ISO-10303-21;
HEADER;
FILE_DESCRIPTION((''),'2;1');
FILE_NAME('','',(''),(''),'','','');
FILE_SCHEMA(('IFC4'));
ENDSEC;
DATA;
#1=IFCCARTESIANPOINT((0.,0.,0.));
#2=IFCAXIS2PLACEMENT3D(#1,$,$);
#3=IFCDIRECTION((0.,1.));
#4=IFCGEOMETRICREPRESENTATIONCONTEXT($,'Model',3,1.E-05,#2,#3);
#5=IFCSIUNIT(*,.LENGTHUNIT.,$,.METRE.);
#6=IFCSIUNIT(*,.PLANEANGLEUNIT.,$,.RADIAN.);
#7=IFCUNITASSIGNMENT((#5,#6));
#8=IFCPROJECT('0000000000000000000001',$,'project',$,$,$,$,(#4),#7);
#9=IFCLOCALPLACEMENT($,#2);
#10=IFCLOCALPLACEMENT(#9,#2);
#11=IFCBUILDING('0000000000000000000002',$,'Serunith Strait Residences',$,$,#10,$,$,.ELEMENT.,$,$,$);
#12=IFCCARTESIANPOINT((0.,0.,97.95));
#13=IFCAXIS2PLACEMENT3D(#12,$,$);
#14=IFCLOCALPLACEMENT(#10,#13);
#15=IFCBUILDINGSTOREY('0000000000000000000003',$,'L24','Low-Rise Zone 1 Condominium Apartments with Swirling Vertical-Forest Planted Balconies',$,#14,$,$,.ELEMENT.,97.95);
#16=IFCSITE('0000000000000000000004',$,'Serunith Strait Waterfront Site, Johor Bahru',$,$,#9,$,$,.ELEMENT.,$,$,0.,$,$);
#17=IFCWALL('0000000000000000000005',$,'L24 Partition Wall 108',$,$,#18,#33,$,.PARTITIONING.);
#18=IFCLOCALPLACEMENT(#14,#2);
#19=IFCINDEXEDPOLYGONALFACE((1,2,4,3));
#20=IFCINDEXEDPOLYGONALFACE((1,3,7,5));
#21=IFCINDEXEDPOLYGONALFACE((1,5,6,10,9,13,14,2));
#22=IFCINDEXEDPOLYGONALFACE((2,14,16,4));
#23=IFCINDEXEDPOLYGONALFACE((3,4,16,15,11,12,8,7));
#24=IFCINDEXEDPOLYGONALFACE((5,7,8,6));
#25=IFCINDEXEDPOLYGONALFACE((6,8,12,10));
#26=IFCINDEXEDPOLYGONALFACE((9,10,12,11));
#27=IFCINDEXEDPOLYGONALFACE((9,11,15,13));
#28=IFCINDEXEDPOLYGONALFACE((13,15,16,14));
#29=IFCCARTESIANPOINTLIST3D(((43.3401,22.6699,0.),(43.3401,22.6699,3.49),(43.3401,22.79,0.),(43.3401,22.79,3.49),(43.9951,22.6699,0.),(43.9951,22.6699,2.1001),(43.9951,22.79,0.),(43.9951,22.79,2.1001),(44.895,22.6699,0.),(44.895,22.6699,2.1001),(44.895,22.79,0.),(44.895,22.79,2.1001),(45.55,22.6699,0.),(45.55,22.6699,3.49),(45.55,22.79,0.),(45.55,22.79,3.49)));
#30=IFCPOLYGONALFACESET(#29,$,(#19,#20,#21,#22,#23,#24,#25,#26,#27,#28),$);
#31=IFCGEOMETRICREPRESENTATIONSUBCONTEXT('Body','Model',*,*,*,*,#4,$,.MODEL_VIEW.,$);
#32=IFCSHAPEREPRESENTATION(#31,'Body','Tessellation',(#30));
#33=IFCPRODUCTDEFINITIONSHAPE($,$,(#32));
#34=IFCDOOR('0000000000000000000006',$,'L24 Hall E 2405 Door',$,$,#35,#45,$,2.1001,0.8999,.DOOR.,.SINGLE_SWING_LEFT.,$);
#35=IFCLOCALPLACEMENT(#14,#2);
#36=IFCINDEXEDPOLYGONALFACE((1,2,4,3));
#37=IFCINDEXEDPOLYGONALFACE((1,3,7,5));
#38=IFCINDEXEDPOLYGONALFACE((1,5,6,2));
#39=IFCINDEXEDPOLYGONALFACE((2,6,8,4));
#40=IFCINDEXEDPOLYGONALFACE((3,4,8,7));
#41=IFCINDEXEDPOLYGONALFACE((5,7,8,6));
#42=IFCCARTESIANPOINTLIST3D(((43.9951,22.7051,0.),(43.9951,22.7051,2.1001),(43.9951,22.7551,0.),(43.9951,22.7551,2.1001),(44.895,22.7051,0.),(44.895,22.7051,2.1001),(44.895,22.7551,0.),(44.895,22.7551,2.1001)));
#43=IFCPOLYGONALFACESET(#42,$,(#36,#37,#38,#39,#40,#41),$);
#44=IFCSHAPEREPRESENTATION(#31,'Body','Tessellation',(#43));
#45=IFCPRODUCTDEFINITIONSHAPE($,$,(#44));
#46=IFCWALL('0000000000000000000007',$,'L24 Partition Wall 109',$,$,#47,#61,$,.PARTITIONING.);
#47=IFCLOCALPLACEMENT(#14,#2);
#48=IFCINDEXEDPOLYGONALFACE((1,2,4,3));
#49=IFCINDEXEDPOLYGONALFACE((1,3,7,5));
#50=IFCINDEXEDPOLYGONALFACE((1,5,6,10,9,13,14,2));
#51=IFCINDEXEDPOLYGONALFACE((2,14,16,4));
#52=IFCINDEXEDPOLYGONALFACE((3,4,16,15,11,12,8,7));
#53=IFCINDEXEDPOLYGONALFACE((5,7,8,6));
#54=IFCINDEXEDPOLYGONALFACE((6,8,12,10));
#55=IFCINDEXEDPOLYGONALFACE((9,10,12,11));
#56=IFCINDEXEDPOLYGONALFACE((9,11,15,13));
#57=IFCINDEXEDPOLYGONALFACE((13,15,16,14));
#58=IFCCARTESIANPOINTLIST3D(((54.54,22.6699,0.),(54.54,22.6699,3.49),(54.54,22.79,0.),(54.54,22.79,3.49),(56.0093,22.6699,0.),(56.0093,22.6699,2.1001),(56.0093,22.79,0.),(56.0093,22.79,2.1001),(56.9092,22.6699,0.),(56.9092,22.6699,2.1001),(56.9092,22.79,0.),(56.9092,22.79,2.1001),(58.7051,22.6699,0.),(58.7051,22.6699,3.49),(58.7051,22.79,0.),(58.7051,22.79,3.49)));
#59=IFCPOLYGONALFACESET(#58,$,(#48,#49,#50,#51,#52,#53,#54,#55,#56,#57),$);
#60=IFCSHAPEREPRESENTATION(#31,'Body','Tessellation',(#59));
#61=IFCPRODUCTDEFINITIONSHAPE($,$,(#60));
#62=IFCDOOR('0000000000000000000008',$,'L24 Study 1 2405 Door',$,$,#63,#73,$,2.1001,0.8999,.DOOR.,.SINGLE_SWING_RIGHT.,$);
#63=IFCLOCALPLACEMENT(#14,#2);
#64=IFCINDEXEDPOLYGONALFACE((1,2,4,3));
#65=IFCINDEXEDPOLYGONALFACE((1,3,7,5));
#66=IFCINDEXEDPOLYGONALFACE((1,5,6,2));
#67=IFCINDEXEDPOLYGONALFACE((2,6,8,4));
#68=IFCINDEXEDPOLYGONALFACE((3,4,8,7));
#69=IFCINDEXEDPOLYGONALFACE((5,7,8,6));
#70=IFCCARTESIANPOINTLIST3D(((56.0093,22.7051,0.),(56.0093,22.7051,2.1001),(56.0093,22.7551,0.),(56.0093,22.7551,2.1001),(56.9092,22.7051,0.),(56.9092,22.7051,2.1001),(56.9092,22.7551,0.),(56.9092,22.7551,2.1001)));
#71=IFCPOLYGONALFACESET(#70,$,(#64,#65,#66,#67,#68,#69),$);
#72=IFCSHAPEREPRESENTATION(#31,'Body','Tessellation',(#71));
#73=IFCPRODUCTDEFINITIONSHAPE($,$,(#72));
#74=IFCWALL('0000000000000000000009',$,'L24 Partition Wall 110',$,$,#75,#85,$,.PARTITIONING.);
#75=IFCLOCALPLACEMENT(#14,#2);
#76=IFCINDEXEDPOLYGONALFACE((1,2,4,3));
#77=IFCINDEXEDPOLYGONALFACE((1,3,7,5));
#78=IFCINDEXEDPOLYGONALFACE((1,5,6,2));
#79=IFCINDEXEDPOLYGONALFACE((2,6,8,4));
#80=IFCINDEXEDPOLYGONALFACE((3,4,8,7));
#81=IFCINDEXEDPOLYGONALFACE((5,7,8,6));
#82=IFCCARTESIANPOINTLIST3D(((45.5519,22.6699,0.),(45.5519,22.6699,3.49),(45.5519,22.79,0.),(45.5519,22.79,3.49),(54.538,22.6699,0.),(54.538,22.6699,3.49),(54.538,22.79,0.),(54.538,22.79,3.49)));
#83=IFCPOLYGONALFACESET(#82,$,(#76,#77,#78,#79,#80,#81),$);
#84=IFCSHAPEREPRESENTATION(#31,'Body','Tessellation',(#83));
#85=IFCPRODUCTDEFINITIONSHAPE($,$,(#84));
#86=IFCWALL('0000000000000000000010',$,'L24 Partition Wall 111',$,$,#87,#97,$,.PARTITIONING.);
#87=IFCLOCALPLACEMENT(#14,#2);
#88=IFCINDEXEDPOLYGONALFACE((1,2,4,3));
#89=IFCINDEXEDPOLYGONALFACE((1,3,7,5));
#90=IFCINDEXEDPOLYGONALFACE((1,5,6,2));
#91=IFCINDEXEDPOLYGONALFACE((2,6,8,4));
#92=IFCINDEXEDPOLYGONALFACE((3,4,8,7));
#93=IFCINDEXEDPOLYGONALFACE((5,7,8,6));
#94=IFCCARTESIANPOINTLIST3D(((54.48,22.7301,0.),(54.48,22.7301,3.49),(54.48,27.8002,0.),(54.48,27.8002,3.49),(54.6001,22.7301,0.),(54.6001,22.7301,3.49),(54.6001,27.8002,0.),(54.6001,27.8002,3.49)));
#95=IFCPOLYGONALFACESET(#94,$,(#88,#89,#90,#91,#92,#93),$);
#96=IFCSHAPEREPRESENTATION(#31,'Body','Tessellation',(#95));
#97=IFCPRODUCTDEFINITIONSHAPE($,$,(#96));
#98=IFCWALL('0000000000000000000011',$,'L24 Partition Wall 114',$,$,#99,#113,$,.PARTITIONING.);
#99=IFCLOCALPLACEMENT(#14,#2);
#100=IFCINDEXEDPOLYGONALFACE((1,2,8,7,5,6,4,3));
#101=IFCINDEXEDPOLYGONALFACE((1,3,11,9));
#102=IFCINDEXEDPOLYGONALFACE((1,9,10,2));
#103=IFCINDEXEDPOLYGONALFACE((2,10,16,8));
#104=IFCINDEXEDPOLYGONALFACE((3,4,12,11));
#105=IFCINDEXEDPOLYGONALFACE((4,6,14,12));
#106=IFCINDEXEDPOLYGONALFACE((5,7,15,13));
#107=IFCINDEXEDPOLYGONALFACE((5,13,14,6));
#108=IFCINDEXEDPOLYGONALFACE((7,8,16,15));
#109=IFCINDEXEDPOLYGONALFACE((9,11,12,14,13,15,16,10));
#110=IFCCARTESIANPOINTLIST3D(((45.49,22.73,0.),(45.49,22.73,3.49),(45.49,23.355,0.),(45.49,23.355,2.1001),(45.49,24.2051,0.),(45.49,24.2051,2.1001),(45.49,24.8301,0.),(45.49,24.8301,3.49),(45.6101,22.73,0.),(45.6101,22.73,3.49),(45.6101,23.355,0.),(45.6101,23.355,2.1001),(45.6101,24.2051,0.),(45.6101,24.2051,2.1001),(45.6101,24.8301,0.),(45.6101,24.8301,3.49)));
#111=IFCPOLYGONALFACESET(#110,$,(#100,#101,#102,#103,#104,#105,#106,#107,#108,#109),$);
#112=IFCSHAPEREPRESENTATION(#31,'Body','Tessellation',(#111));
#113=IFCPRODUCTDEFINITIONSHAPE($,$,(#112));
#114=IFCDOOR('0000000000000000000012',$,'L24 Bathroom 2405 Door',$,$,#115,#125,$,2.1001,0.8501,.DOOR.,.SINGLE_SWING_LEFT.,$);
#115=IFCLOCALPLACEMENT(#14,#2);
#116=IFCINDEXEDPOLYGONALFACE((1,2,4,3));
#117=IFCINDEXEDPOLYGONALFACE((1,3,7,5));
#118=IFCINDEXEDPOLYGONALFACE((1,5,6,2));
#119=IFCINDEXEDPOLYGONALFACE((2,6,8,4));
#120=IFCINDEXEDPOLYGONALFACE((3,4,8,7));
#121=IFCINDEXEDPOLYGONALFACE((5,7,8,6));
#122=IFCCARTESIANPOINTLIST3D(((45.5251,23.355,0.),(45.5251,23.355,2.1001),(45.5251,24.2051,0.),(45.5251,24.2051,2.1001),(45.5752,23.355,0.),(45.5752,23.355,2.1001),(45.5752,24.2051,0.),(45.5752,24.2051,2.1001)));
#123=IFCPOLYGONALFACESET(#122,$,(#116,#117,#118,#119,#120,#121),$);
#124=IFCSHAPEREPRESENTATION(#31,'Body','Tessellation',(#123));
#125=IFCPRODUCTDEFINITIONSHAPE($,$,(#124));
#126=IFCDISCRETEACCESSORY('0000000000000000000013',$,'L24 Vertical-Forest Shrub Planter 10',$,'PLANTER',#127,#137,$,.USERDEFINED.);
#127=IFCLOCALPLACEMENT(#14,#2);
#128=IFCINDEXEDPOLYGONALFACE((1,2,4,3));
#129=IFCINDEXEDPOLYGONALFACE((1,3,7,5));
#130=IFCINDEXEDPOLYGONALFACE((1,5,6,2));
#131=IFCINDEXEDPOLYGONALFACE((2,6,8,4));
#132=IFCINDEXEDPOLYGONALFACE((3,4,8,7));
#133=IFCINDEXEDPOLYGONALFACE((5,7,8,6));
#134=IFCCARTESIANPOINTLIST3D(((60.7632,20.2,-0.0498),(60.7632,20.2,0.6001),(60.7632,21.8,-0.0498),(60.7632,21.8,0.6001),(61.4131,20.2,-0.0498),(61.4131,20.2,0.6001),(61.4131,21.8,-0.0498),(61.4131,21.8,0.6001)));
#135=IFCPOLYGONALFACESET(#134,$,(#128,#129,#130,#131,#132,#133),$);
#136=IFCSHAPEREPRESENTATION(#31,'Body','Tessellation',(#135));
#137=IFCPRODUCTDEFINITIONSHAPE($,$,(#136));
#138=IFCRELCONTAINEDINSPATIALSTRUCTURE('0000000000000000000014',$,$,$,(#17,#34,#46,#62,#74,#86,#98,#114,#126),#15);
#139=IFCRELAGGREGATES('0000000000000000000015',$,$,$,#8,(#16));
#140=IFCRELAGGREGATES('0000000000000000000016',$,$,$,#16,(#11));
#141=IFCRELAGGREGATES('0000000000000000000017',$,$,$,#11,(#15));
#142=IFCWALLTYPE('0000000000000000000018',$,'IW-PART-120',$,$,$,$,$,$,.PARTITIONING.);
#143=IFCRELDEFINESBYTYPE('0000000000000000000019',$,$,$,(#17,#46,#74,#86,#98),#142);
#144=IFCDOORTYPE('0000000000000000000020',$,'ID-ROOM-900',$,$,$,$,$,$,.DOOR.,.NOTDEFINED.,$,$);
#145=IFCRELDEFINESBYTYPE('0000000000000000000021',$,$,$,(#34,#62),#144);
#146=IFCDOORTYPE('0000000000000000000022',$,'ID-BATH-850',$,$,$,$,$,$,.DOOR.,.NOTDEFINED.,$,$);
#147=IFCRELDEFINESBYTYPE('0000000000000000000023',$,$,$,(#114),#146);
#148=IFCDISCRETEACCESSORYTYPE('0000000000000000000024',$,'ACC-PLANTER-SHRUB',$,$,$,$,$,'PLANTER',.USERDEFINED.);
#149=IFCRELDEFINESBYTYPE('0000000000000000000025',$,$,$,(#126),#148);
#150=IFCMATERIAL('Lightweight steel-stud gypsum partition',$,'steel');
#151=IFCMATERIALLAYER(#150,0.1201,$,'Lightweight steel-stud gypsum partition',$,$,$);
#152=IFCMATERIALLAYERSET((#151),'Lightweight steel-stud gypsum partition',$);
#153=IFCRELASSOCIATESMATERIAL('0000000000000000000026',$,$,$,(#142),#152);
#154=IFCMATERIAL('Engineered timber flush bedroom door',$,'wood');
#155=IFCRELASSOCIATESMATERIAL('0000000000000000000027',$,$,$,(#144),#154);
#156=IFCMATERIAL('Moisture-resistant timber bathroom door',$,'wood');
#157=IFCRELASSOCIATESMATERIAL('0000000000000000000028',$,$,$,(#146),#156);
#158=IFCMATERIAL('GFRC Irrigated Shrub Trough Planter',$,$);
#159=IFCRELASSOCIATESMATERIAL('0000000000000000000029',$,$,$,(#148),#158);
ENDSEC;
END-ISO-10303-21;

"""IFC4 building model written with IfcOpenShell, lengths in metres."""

from ifc_helpers import new_model, si_unit, direction, frame, frame_2d, origin, origin_2d, place, context, subcontext, project, spatial, rectangle, extrude, source, transform, mapped, material, layer, layer_set, type_object, element, fill, save


model = new_model("IFC4")

# Units and contexts
model_context = context("Model", 3, precision=1e-05, world=origin(), true_north=direction((0.0, 1.0)))
body_context = subcontext(model_context, "Body", "Model", "MODEL_VIEW")
ifc_project = project(units=[si_unit("LENGTHUNIT", "METRE"), si_unit("PLANEANGLEUNIT", "RADIAN")], contexts=[model_context])

# Site, building, storey
site_placement = place(None, origin())
site = spatial("IfcSite", under=ifc_project, at=site_placement, Name="Serunith Strait Waterfront Site, Johor Bahru", CompositionType="ELEMENT", RefElevation=0.0)
building_placement = place(site_placement, origin())
building = spatial("IfcBuilding", under=site, at=building_placement, Name="Serunith Strait Residences", CompositionType="ELEMENT")
storey_placement = place(building_placement, frame((0.0, 0.0, 97.95)))
storey = spatial("IfcBuildingStorey", under=building, at=storey_placement, Name="L24", Description="Low-Rise Zone 1 Condominium Apartments with Swirling Vertical-Forest Planted Balconies", CompositionType="ELEMENT", Elevation=97.95)

# Shared definitions
ifc_material_1 = material(Name="Lightweight steel-stud gypsum partition", Category="steel")
ifc_layer_1 = layer(ifc_material_1, 0.1201, Name="Lightweight steel-stud gypsum partition")
ifc_layer_set_1 = layer_set([ifc_layer_1], Name="Lightweight steel-stud gypsum partition")
wall_type_1 = type_object("IfcWallType", Name="IW-PART-120", PredefinedType="PARTITIONING", material=ifc_layer_set_1)
ifc_material_2 = material(Name="Engineered timber flush bedroom door", Category="wood")
door_type_1 = type_object("IfcDoorType", Name="ID-ROOM-900", OperationType="NOTDEFINED", PredefinedType="DOOR", material=ifc_material_2)
shared_shape_1 = source(origin(), body_context, "Body", "SweptSolid", [
    extrude(rectangle(XDim=0.8999, YDim=2.1001, at=frame_2d((0.45, 1.05))), frame((0.0, 0.0249, 0.0), z_axis=(0.0, -1.0, 0.0), x_axis=(1.0, 0.0, 0.0)), (0.0, 0.0, 1.0), 0.05),
])

# Shared definitions
shared_shape_2 = source(origin(), body_context, "Body", "SweptSolid", [
    extrude(rectangle(XDim=0.8501, YDim=2.1001, at=frame_2d((0.425, 1.05))), frame((0.0, 0.0249, 0.0), z_axis=(0.0, -1.0, 0.0), x_axis=(1.0, 0.0, 0.0)), (0.0, 0.0, 1.0), 0.05),
])

# Walls, openings, doors
wall_1_placement = place(storey_placement, frame((45.55, 22.73, 0.0), z_axis=(0.0, 0.0, 1.0), x_axis=(-1.0, 0.0, 0.0)))
wall_1 = element("IfcWall", 1, at=wall_1_placement, inside=storey, type_object=wall_type_1, Name="L24 Partition Wall 108", PredefinedType="PARTITIONING", context=body_context, shape_type="SweptSolid", body=[
    extrude(rectangle(XDim=2.21, YDim=0.1201, at=frame_2d((1.105, 0.0))), origin(), (0.0, 0.0, 1.0), 3.49),
])
opening_1_placement = place(wall_1_placement, frame((0.655, 0.0, 0.0)))
opening_1 = element("IfcOpeningElement", 2, at=opening_1_placement, cuts=wall_1, PredefinedType="OPENING", context=body_context, shape_type="SweptSolid", body=[
    extrude(rectangle(XDim=0.8999, YDim=2.1001, at=frame_2d((0.45, 1.05))), frame((0.0, 0.0701, 0.0), z_axis=(0.0, -1.0, 0.0), x_axis=(1.0, 0.0, 0.0)), (0.0, 0.0, 1.0), 0.1401),
])
door_1_placement = place(opening_1_placement, origin())
door_1 = element("IfcDoor", 3, at=door_1_placement, inside=storey, type_object=door_type_1, Name="L24 Hall E 2405 Door", OperationType="SINGLE_SWING_LEFT", OverallHeight=2.1001, OverallWidth=0.8999, PredefinedType="DOOR", context=body_context, shape_type="MappedRepresentation", body=[
    mapped(shared_shape_1, transform((0.0, 0.0, 0.0), scale=1.0)),
])
fill(opening_1, door_1)
wall_2_placement = place(storey_placement, frame((58.7051, 22.73, 0.0), z_axis=(0.0, 0.0, 1.0), x_axis=(-1.0, 0.0, 0.0)))
wall_2 = element("IfcWall", 4, at=wall_2_placement, inside=storey, type_object=wall_type_1, Name="L24 Partition Wall 109", PredefinedType="PARTITIONING", context=body_context, shape_type="SweptSolid", body=[
    extrude(rectangle(XDim=4.165, YDim=0.1201, at=frame_2d((2.0825, 0.0))), origin(), (0.0, 0.0, 1.0), 3.49),
])
opening_2_placement = place(wall_2_placement, frame((1.7959, 0.0, 0.0)))
opening_2 = element("IfcOpeningElement", 5, at=opening_2_placement, cuts=wall_2, PredefinedType="OPENING", context=body_context, shape_type="SweptSolid", body=[
    extrude(rectangle(XDim=0.8999, YDim=2.1001, at=frame_2d((0.45, 1.05))), frame((0.0, 0.0701, 0.0), z_axis=(0.0, -1.0, 0.0), x_axis=(1.0, 0.0, 0.0)), (0.0, 0.0, 1.0), 0.1401),
])
door_2_placement = place(opening_2_placement, origin())
door_2 = element("IfcDoor", 6, at=door_2_placement, inside=storey, type_object=door_type_1, Name="L24 Study 1 2405 Door", OperationType="SINGLE_SWING_RIGHT", OverallHeight=2.1001, OverallWidth=0.8999, PredefinedType="DOOR", context=body_context, shape_type="MappedRepresentation", body=[
    mapped(shared_shape_1, transform((0.0, 0.0, 0.0), scale=1.0)),
])
fill(opening_2, door_2)

# Walls
wall_3_placement = place(storey_placement, frame((54.5381, 22.73, 0.0), z_axis=(0.0, 0.0, 1.0), x_axis=(-1.0, 0.0, 0.0)))
element("IfcWall", 7, at=wall_3_placement, inside=storey, type_object=wall_type_1, Name="L24 Partition Wall 110", PredefinedType="PARTITIONING", context=body_context, shape_type="SweptSolid", body=[
    extrude(rectangle(XDim=8.9861, YDim=0.1201, at=frame_2d((4.4932, 0.0))), origin(), (0.0, 0.0, 1.0), 3.49),
])
wall_4_placement = place(storey_placement, frame((54.54, 22.73, 0.0), z_axis=(0.0, 0.0, 1.0), x_axis=(0.0, 1.0, 0.0)))
element("IfcWall", 8, at=wall_4_placement, inside=storey, type_object=wall_type_1, Name="L24 Partition Wall 111", PredefinedType="PARTITIONING", context=body_context, shape_type="SweptSolid", body=[
    extrude(rectangle(XDim=5.0701, YDim=0.1201, at=frame_2d((2.5352, 0.0))), origin(), (0.0, 0.0, 1.0), 3.49),
])

# Wall, opening, door
wall_5_placement = place(storey_placement, frame((45.55, 22.73, 0.0), z_axis=(0.0, 0.0, 1.0), x_axis=(0.0, 1.0, 0.0)))
wall_5 = element("IfcWall", 9, at=wall_5_placement, inside=storey, type_object=wall_type_1, Name="L24 Partition Wall 114", PredefinedType="PARTITIONING", context=body_context, shape_type="SweptSolid", body=[
    extrude(rectangle(XDim=2.1001, YDim=0.1201, at=frame_2d((1.05, 0.0))), origin(), (0.0, 0.0, 1.0), 3.49),
])
opening_3_placement = place(wall_5_placement, frame((0.625, 0.0, 0.0)))
opening_3 = element("IfcOpeningElement", 10, at=opening_3_placement, cuts=wall_5, PredefinedType="OPENING", context=body_context, shape_type="SweptSolid", body=[
    extrude(rectangle(XDim=0.8501, YDim=2.1001, at=frame_2d((0.425, 1.05))), frame((0.0, 0.0701, 0.0), z_axis=(0.0, -1.0, 0.0), x_axis=(1.0, 0.0, 0.0)), (0.0, 0.0, 1.0), 0.1401),
])
ifc_material_3 = material(Name="Moisture-resistant timber bathroom door", Category="wood")
door_type_2 = type_object("IfcDoorType", Name="ID-BATH-850", OperationType="NOTDEFINED", PredefinedType="DOOR", material=ifc_material_3)
door_3_placement = place(opening_3_placement, origin())
door_3 = element("IfcDoor", 11, at=door_3_placement, inside=storey, type_object=door_type_2, Name="L24 Bathroom 2405 Door", OperationType="SINGLE_SWING_LEFT", OverallHeight=2.1001, OverallWidth=0.8501, PredefinedType="DOOR", context=body_context, shape_type="MappedRepresentation", body=[
    mapped(shared_shape_2, transform((0.0, 0.0, 0.0), scale=1.0)),
])
fill(opening_3, door_3)

# Discrete accessory
ifc_material_4 = material(Name="GFRC Irrigated Shrub Trough Planter")
discrete_accessory_type = type_object("IfcDiscreteAccessoryType", Name="ACC-PLANTER-SHRUB", ElementType="PLANTER", PredefinedType="USERDEFINED", material=ifc_material_4)
shared_shape_3 = source(origin(), body_context, "Body", "SweptSolid", [
    extrude(rectangle(XDim=1.6001, YDim=0.6499, at=origin_2d()), origin(), (0.0, 0.0, 1.0), 0.6499),
])
discrete_accessory_placement = place(storey_placement, frame((61.0881, 21.0, -0.0498), z_axis=(0.0, 0.0, 1.0), x_axis=(0.0, 1.0, 0.0)))
element("IfcDiscreteAccessory", 12, at=discrete_accessory_placement, inside=storey, type_object=discrete_accessory_type, Name="L24 Vertical-Forest Shrub Planter 10", ObjectType="PLANTER", PredefinedType="USERDEFINED", context=body_context, shape_type="MappedRepresentation", body=[
    mapped(shared_shape_3, transform((0.0, 0.0, 0.0), scale=1.0)),
])

save(model, "model.ifc")
